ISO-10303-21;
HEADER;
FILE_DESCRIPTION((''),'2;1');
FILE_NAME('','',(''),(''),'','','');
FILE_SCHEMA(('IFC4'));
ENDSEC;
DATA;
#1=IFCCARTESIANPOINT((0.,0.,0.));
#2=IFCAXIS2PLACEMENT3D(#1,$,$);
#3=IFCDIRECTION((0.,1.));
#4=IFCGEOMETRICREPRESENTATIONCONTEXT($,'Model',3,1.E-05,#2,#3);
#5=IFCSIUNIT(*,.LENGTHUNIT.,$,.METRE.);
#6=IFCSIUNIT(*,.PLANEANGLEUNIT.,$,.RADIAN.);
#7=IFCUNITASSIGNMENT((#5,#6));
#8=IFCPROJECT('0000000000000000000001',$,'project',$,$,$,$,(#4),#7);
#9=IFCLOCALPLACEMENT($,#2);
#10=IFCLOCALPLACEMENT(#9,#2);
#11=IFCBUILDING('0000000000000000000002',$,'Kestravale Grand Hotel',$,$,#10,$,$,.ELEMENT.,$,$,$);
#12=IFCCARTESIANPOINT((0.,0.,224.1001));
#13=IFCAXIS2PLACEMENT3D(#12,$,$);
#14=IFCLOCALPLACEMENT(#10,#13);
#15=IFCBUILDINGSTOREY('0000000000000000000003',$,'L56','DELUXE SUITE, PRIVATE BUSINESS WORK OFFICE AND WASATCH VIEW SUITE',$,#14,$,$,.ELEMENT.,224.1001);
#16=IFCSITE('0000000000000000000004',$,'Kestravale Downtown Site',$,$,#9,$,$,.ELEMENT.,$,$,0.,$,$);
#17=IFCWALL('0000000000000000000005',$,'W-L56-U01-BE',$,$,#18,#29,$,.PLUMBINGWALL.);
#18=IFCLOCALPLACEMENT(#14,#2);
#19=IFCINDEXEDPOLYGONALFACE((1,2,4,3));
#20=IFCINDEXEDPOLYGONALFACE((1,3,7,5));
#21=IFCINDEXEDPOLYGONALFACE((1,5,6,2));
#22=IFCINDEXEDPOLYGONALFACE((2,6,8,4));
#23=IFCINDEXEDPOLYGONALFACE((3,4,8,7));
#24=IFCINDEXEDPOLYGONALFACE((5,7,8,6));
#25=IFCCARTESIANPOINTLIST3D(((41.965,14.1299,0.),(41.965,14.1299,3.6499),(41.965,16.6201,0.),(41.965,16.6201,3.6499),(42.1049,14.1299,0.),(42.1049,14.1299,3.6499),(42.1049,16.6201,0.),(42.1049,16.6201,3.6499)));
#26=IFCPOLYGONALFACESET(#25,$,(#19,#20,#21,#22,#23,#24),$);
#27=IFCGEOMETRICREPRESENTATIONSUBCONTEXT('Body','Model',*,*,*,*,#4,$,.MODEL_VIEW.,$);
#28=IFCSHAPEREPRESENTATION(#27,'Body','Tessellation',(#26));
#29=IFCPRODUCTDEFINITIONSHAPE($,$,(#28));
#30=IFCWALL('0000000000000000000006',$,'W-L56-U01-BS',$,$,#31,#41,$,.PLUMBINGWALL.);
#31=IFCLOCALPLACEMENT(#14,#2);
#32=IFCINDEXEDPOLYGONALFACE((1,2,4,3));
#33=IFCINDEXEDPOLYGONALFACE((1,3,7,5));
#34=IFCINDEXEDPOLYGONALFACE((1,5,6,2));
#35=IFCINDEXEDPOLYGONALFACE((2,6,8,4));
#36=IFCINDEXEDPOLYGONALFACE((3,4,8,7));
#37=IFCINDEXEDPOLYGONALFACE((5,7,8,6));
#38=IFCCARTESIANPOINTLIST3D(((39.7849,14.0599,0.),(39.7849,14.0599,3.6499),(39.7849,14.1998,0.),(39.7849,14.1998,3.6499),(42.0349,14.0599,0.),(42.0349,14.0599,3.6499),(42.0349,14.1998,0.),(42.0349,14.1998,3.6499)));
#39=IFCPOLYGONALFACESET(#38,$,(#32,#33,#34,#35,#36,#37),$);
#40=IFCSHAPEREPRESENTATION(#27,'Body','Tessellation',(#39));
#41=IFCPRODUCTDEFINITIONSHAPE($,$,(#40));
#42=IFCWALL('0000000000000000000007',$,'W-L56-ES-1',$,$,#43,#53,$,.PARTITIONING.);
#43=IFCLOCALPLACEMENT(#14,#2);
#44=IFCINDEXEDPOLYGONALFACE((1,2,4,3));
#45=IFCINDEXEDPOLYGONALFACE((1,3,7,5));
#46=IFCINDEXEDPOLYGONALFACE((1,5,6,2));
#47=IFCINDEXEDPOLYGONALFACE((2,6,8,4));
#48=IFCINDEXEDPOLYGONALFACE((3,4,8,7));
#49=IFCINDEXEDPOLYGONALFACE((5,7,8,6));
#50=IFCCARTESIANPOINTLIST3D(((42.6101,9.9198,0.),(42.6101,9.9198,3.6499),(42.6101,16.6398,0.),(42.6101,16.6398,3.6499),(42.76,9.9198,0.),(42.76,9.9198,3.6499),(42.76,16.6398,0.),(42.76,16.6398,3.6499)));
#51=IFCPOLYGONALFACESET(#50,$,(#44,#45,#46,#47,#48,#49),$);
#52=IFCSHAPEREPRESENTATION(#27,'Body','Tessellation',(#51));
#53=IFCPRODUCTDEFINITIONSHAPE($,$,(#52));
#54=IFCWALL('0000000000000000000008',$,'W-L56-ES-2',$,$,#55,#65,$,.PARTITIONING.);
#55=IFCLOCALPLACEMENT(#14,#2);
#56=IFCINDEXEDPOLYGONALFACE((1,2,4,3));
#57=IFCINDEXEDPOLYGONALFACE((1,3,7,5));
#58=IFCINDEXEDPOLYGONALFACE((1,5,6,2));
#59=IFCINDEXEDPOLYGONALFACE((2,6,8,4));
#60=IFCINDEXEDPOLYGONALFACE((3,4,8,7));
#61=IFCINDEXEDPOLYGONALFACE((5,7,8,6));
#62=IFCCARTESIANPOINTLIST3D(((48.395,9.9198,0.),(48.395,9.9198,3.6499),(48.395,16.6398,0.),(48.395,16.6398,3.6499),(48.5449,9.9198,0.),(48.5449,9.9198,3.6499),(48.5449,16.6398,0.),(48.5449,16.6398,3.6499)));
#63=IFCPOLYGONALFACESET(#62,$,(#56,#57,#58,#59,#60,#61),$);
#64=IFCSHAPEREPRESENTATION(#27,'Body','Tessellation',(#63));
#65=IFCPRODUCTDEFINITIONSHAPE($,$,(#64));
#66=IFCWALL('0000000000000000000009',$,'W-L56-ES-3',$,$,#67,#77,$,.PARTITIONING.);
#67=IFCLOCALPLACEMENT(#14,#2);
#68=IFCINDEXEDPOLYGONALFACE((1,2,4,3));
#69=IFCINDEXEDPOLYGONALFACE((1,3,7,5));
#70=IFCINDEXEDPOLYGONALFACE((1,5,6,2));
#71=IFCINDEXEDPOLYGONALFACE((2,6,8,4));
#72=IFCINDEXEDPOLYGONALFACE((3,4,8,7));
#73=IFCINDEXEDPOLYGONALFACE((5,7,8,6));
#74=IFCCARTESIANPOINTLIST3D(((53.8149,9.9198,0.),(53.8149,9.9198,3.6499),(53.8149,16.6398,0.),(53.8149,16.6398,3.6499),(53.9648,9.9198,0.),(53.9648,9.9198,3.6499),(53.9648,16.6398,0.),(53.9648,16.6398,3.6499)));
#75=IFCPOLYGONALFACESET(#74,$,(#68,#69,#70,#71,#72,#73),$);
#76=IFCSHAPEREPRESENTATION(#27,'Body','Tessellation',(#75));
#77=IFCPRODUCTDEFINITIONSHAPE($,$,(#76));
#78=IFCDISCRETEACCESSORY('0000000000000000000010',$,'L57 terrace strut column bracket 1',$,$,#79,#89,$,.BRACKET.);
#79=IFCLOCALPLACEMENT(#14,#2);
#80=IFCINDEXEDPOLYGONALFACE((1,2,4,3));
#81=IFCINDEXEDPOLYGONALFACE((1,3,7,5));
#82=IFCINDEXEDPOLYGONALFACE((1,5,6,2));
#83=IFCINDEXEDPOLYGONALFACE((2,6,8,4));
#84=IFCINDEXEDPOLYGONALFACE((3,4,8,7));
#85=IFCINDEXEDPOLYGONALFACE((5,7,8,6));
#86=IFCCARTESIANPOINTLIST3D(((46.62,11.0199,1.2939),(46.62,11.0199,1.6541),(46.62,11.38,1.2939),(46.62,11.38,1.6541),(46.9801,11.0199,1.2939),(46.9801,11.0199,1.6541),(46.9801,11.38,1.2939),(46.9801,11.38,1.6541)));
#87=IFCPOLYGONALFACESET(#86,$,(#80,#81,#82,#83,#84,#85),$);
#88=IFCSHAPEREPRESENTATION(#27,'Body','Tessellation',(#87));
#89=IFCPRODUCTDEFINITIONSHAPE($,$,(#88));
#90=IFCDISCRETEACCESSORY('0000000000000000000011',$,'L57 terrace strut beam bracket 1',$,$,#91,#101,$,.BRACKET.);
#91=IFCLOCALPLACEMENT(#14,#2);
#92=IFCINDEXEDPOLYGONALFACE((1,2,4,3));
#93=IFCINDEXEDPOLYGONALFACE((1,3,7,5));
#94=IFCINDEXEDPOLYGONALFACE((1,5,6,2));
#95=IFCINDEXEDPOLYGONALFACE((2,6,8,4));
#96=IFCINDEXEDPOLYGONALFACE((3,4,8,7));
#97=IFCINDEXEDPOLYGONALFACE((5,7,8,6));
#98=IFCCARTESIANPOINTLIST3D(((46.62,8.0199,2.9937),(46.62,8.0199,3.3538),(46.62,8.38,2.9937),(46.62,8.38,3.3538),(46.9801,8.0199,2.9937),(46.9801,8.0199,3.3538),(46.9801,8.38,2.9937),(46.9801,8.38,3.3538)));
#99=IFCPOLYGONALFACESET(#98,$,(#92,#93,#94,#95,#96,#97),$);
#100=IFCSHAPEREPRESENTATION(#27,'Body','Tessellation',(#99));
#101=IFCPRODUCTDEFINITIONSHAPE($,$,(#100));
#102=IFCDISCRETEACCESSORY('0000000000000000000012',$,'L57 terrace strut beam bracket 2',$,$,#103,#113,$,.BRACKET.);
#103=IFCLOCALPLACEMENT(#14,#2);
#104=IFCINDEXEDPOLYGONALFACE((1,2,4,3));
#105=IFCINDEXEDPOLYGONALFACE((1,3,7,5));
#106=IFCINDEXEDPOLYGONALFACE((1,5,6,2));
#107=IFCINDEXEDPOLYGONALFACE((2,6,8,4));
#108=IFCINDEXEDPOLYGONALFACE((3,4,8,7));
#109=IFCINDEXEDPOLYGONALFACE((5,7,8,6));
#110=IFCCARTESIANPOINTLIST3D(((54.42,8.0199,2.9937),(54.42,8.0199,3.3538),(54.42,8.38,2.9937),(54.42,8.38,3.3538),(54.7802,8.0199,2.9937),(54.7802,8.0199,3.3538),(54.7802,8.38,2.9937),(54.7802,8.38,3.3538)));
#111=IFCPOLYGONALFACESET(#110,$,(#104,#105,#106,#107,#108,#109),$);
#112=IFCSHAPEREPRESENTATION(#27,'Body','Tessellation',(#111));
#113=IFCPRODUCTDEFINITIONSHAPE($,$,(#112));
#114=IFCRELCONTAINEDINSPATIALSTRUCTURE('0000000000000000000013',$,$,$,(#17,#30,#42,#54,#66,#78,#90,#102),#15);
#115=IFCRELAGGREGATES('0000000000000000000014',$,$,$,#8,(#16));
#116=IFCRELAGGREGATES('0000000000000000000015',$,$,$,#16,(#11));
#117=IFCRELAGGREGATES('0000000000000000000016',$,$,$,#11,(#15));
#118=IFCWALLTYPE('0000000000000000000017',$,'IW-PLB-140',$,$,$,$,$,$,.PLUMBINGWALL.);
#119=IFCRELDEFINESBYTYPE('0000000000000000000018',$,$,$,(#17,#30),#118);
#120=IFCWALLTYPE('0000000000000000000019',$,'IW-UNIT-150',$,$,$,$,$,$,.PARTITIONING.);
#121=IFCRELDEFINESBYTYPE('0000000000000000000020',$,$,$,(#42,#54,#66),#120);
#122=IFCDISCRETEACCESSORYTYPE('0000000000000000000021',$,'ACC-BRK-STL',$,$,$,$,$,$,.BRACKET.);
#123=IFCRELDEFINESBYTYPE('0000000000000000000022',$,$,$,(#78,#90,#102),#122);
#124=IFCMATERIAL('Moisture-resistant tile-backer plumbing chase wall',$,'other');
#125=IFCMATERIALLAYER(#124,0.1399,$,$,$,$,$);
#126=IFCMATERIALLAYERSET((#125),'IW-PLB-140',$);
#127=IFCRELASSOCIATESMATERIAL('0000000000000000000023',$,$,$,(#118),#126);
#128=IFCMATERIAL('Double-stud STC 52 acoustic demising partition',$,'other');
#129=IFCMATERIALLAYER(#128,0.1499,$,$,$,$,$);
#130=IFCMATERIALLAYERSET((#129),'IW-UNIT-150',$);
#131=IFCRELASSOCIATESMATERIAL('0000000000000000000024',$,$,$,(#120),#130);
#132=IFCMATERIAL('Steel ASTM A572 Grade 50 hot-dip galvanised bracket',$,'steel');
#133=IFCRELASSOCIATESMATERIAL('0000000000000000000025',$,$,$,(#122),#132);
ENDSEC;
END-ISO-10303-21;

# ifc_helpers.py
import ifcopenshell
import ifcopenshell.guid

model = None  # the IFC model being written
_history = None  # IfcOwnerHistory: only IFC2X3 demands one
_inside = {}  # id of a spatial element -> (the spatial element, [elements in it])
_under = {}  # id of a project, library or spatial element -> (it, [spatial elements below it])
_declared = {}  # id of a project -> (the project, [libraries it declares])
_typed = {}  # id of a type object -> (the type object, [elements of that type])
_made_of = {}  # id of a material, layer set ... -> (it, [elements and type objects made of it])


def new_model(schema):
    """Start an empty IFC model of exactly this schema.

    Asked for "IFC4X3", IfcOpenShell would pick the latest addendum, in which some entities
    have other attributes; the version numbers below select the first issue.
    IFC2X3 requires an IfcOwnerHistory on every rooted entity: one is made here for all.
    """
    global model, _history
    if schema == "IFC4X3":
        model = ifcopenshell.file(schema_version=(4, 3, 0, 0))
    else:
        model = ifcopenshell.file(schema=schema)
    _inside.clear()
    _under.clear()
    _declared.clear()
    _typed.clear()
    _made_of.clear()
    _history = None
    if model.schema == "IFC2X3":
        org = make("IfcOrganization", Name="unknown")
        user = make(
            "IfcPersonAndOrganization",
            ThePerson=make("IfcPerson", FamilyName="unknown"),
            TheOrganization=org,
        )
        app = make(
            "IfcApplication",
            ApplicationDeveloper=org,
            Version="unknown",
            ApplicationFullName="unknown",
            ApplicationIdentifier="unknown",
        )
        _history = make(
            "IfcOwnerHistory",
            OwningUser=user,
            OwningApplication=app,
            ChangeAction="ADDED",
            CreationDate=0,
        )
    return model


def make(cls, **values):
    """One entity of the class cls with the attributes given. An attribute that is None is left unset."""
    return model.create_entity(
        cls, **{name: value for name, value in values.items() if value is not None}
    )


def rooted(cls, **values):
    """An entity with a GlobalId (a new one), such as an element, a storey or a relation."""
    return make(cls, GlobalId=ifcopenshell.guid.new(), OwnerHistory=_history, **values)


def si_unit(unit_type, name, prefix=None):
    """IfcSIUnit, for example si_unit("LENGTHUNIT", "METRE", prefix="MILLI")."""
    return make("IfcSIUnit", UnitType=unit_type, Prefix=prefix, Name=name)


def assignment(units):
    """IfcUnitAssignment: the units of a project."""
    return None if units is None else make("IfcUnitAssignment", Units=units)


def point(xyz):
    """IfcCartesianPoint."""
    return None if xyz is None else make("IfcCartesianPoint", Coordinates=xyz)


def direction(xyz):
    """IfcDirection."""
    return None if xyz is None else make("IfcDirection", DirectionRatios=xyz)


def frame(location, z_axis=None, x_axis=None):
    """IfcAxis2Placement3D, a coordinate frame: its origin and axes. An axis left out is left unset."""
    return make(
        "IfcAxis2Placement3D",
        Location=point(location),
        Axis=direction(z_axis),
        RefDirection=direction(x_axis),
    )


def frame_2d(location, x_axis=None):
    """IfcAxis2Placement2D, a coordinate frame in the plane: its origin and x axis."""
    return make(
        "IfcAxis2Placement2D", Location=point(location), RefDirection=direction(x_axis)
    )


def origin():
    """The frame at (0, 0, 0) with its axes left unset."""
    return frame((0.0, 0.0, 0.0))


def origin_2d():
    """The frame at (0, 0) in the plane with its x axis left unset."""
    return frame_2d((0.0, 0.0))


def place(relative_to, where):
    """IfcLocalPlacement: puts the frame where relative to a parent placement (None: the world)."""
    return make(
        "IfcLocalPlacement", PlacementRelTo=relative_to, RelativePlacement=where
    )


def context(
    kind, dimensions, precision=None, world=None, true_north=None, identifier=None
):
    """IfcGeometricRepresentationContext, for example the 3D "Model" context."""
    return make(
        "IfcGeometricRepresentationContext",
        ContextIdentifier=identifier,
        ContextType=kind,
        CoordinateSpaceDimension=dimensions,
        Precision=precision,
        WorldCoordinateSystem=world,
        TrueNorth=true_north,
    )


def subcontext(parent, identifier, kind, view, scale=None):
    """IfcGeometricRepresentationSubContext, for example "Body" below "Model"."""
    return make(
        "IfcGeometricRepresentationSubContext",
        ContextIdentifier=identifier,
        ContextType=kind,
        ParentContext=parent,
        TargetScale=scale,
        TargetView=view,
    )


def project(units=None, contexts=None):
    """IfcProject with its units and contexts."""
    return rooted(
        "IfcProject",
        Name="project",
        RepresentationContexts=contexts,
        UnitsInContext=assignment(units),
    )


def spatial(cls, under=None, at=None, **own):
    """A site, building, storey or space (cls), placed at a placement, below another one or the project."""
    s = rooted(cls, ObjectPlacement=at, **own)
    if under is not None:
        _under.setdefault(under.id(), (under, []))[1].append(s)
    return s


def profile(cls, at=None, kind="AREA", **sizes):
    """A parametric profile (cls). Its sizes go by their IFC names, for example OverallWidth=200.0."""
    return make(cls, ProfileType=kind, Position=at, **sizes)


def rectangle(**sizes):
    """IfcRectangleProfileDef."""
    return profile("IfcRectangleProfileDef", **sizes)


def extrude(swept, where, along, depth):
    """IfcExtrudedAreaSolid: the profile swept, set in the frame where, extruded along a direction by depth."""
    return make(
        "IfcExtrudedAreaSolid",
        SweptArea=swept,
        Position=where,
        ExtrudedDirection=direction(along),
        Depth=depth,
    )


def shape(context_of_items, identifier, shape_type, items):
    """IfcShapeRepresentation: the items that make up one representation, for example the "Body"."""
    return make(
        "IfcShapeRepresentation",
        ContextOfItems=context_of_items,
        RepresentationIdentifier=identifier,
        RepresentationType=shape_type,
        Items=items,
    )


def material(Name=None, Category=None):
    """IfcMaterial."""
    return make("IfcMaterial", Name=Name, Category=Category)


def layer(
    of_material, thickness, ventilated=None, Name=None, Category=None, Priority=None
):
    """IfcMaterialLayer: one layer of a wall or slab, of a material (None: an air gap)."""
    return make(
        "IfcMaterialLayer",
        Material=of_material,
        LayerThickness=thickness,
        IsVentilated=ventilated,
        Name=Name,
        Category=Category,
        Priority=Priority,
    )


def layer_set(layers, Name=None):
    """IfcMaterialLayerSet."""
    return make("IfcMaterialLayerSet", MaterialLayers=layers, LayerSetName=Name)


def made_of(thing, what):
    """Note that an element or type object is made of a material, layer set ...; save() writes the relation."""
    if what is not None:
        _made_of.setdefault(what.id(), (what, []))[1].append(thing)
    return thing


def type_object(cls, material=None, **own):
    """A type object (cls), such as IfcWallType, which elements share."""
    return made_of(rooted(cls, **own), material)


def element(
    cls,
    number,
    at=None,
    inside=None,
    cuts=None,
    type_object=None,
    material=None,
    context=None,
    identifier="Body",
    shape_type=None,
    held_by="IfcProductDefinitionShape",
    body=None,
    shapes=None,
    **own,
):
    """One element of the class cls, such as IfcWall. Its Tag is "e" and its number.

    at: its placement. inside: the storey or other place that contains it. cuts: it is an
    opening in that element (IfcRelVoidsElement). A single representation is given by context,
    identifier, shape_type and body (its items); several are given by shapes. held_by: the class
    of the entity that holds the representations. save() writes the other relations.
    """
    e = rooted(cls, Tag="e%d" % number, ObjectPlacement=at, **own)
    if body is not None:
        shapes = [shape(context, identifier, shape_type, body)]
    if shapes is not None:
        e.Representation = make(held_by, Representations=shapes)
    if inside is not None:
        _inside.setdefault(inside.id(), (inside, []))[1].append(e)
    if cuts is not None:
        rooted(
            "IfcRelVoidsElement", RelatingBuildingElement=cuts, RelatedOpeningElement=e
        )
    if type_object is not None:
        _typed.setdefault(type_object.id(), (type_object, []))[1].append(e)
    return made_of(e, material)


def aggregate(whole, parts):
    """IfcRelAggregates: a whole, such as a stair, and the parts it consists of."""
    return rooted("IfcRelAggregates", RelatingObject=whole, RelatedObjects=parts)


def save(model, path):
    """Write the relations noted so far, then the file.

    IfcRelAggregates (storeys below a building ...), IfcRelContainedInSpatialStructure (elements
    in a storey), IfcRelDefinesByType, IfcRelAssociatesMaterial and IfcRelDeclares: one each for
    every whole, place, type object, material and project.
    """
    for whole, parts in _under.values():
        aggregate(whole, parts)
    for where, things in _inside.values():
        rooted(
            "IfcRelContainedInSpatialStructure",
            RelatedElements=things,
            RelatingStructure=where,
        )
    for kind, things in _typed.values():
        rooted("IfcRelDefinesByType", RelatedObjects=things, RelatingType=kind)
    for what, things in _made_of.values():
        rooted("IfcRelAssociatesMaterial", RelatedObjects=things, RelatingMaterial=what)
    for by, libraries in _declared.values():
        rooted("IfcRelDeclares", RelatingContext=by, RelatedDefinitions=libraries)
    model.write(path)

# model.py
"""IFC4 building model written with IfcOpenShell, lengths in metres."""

from ifc_helpers import new_model, si_unit, direction, frame, frame_2d, origin, origin_2d, place, context, subcontext, project, spatial, rectangle, extrude, material, layer, layer_set, type_object, element, save


model = new_model("IFC4")

# Units and contexts
model_context = context("Model", 3, precision=1e-05, world=origin(), true_north=direction((0.0, 1.0)))
body_context = subcontext(model_context, "Body", "Model", "MODEL_VIEW")
ifc_project = project(units=[si_unit("LENGTHUNIT", "METRE"), si_unit("PLANEANGLEUNIT", "RADIAN")], contexts=[model_context])

# Site, building, storey
site_placement = place(None, origin())
site = spatial("IfcSite", under=ifc_project, at=site_placement, Name="Kestravale Downtown Site", CompositionType="ELEMENT", RefElevation=0.0)
building_placement = place(site_placement, origin())
building = spatial("IfcBuilding", under=site, at=building_placement, Name="Kestravale Grand Hotel", CompositionType="ELEMENT")
storey_placement = place(building_placement, frame((0.0, 0.0, 224.1001)))
storey = spatial("IfcBuildingStorey", under=building, at=storey_placement, Name="L56", Description="DELUXE SUITE, PRIVATE BUSINESS WORK OFFICE AND WASATCH VIEW SUITE", CompositionType="ELEMENT", Elevation=224.1001)

# Shared definitions
ifc_material_1 = material(Name="Moisture-resistant tile-backer plumbing chase wall", Category="other")
ifc_layer_1 = layer(ifc_material_1, 0.1399)
ifc_layer_set_1 = layer_set([ifc_layer_1], Name="IW-PLB-140")
wall_type_1 = type_object("IfcWallType", Name="IW-PLB-140", PredefinedType="PLUMBINGWALL", material=ifc_layer_set_1)

# Walls
wall_1_placement = place(storey_placement, frame((42.0349, 14.1299, 0.0), z_axis=(0.0, 0.0, 1.0), x_axis=(0.0, 1.0, 0.0)))
element("IfcWall", 1, at=wall_1_placement, inside=storey, type_object=wall_type_1, Name="W-L56-U01-BE", PredefinedType="PLUMBINGWALL", context=body_context, shape_type="SweptSolid", body=[
    extrude(rectangle(XDim=2.4902, YDim=0.1399, at=frame_2d((1.2451, 0.0))), origin(), (0.0, 0.0, 1.0), 3.6499),
])
wall_2_placement = place(storey_placement, frame((39.7849, 14.1299, 0.0), z_axis=(0.0, 0.0, 1.0), x_axis=(1.0, 0.0, 0.0)))
element("IfcWall", 2, at=wall_2_placement, inside=storey, type_object=wall_type_1, Name="W-L56-U01-BS", PredefinedType="PLUMBINGWALL", context=body_context, shape_type="SweptSolid", body=[
    extrude(rectangle(XDim=2.25, YDim=0.1399, at=frame_2d((1.125, 0.0))), origin(), (0.0, 0.0, 1.0), 3.6499),
])
ifc_material_2 = material(Name="Double-stud STC 52 acoustic demising partition", Category="other")
ifc_layer_2 = layer(ifc_material_2, 0.1499)
ifc_layer_set_2 = layer_set([ifc_layer_2], Name="IW-UNIT-150")
wall_type_2 = type_object("IfcWallType", Name="IW-UNIT-150", PredefinedType="PARTITIONING", material=ifc_layer_set_2)
for number, where, z_axis, x_axis, name in (
    (3, (42.6851, 9.9199, 0.0), (0.0, 0.0, 1.0), (0.0, 1.0, 0.0), "W-L56-ES-1"),
    (4, (48.47, 9.9199, 0.0), (0.0, 0.0, 1.0), (0.0, 1.0, 0.0), "W-L56-ES-2"),
    (5, (53.8899, 9.9199, 0.0), (0.0, 0.0, 1.0), (0.0, 1.0, 0.0), "W-L56-ES-3"),
):
    element("IfcWall", number, at=place(storey_placement, frame(where, z_axis=z_axis, x_axis=x_axis)), inside=storey, type_object=wall_type_2, Name=name, PredefinedType="PARTITIONING", context=body_context, shape_type="SweptSolid", body=[
        extrude(rectangle(XDim=6.72, YDim=0.1499, at=frame_2d((3.3599, 0.0))), origin(), (0.0, 0.0, 1.0), 3.6499),
    ])

# Discrete accessories
ifc_material_3 = material(Name="Steel ASTM A572 Grade 50 hot-dip galvanised bracket", Category="steel")
discrete_accessory_type = type_object("IfcDiscreteAccessoryType", Name="ACC-BRK-STL", PredefinedType="BRACKET", material=ifc_material_3)
for number, where, z_axis, x_axis, name in (
    (6, (46.8, 11.2, 1.2939), (0.0, 0.0, 1.0), (1.0, 0.0, 0.0), "L57 terrace strut column bracket 1"),
    (7, (46.8, 8.2, 2.9937), (0.0, 0.0, 1.0), (1.0, 0.0, 0.0), "L57 terrace strut beam bracket 1"),
    (8, (54.6001, 8.2, 2.9937), (0.0, 0.0, 1.0), (1.0, 0.0, 0.0), "L57 terrace strut beam bracket 2"),
):
    element("IfcDiscreteAccessory", number, at=place(storey_placement, frame(where, z_axis=z_axis, x_axis=x_axis)), inside=storey, type_object=discrete_accessory_type, Name=name, PredefinedType="BRACKET", context=body_context, shape_type="SweptSolid", body=[
        extrude(rectangle(XDim=0.3601, YDim=0.3601, at=origin_2d()), origin(), (0.0, 0.0, 1.0), 0.3601),
    ])

save(model, "model.ifc")
